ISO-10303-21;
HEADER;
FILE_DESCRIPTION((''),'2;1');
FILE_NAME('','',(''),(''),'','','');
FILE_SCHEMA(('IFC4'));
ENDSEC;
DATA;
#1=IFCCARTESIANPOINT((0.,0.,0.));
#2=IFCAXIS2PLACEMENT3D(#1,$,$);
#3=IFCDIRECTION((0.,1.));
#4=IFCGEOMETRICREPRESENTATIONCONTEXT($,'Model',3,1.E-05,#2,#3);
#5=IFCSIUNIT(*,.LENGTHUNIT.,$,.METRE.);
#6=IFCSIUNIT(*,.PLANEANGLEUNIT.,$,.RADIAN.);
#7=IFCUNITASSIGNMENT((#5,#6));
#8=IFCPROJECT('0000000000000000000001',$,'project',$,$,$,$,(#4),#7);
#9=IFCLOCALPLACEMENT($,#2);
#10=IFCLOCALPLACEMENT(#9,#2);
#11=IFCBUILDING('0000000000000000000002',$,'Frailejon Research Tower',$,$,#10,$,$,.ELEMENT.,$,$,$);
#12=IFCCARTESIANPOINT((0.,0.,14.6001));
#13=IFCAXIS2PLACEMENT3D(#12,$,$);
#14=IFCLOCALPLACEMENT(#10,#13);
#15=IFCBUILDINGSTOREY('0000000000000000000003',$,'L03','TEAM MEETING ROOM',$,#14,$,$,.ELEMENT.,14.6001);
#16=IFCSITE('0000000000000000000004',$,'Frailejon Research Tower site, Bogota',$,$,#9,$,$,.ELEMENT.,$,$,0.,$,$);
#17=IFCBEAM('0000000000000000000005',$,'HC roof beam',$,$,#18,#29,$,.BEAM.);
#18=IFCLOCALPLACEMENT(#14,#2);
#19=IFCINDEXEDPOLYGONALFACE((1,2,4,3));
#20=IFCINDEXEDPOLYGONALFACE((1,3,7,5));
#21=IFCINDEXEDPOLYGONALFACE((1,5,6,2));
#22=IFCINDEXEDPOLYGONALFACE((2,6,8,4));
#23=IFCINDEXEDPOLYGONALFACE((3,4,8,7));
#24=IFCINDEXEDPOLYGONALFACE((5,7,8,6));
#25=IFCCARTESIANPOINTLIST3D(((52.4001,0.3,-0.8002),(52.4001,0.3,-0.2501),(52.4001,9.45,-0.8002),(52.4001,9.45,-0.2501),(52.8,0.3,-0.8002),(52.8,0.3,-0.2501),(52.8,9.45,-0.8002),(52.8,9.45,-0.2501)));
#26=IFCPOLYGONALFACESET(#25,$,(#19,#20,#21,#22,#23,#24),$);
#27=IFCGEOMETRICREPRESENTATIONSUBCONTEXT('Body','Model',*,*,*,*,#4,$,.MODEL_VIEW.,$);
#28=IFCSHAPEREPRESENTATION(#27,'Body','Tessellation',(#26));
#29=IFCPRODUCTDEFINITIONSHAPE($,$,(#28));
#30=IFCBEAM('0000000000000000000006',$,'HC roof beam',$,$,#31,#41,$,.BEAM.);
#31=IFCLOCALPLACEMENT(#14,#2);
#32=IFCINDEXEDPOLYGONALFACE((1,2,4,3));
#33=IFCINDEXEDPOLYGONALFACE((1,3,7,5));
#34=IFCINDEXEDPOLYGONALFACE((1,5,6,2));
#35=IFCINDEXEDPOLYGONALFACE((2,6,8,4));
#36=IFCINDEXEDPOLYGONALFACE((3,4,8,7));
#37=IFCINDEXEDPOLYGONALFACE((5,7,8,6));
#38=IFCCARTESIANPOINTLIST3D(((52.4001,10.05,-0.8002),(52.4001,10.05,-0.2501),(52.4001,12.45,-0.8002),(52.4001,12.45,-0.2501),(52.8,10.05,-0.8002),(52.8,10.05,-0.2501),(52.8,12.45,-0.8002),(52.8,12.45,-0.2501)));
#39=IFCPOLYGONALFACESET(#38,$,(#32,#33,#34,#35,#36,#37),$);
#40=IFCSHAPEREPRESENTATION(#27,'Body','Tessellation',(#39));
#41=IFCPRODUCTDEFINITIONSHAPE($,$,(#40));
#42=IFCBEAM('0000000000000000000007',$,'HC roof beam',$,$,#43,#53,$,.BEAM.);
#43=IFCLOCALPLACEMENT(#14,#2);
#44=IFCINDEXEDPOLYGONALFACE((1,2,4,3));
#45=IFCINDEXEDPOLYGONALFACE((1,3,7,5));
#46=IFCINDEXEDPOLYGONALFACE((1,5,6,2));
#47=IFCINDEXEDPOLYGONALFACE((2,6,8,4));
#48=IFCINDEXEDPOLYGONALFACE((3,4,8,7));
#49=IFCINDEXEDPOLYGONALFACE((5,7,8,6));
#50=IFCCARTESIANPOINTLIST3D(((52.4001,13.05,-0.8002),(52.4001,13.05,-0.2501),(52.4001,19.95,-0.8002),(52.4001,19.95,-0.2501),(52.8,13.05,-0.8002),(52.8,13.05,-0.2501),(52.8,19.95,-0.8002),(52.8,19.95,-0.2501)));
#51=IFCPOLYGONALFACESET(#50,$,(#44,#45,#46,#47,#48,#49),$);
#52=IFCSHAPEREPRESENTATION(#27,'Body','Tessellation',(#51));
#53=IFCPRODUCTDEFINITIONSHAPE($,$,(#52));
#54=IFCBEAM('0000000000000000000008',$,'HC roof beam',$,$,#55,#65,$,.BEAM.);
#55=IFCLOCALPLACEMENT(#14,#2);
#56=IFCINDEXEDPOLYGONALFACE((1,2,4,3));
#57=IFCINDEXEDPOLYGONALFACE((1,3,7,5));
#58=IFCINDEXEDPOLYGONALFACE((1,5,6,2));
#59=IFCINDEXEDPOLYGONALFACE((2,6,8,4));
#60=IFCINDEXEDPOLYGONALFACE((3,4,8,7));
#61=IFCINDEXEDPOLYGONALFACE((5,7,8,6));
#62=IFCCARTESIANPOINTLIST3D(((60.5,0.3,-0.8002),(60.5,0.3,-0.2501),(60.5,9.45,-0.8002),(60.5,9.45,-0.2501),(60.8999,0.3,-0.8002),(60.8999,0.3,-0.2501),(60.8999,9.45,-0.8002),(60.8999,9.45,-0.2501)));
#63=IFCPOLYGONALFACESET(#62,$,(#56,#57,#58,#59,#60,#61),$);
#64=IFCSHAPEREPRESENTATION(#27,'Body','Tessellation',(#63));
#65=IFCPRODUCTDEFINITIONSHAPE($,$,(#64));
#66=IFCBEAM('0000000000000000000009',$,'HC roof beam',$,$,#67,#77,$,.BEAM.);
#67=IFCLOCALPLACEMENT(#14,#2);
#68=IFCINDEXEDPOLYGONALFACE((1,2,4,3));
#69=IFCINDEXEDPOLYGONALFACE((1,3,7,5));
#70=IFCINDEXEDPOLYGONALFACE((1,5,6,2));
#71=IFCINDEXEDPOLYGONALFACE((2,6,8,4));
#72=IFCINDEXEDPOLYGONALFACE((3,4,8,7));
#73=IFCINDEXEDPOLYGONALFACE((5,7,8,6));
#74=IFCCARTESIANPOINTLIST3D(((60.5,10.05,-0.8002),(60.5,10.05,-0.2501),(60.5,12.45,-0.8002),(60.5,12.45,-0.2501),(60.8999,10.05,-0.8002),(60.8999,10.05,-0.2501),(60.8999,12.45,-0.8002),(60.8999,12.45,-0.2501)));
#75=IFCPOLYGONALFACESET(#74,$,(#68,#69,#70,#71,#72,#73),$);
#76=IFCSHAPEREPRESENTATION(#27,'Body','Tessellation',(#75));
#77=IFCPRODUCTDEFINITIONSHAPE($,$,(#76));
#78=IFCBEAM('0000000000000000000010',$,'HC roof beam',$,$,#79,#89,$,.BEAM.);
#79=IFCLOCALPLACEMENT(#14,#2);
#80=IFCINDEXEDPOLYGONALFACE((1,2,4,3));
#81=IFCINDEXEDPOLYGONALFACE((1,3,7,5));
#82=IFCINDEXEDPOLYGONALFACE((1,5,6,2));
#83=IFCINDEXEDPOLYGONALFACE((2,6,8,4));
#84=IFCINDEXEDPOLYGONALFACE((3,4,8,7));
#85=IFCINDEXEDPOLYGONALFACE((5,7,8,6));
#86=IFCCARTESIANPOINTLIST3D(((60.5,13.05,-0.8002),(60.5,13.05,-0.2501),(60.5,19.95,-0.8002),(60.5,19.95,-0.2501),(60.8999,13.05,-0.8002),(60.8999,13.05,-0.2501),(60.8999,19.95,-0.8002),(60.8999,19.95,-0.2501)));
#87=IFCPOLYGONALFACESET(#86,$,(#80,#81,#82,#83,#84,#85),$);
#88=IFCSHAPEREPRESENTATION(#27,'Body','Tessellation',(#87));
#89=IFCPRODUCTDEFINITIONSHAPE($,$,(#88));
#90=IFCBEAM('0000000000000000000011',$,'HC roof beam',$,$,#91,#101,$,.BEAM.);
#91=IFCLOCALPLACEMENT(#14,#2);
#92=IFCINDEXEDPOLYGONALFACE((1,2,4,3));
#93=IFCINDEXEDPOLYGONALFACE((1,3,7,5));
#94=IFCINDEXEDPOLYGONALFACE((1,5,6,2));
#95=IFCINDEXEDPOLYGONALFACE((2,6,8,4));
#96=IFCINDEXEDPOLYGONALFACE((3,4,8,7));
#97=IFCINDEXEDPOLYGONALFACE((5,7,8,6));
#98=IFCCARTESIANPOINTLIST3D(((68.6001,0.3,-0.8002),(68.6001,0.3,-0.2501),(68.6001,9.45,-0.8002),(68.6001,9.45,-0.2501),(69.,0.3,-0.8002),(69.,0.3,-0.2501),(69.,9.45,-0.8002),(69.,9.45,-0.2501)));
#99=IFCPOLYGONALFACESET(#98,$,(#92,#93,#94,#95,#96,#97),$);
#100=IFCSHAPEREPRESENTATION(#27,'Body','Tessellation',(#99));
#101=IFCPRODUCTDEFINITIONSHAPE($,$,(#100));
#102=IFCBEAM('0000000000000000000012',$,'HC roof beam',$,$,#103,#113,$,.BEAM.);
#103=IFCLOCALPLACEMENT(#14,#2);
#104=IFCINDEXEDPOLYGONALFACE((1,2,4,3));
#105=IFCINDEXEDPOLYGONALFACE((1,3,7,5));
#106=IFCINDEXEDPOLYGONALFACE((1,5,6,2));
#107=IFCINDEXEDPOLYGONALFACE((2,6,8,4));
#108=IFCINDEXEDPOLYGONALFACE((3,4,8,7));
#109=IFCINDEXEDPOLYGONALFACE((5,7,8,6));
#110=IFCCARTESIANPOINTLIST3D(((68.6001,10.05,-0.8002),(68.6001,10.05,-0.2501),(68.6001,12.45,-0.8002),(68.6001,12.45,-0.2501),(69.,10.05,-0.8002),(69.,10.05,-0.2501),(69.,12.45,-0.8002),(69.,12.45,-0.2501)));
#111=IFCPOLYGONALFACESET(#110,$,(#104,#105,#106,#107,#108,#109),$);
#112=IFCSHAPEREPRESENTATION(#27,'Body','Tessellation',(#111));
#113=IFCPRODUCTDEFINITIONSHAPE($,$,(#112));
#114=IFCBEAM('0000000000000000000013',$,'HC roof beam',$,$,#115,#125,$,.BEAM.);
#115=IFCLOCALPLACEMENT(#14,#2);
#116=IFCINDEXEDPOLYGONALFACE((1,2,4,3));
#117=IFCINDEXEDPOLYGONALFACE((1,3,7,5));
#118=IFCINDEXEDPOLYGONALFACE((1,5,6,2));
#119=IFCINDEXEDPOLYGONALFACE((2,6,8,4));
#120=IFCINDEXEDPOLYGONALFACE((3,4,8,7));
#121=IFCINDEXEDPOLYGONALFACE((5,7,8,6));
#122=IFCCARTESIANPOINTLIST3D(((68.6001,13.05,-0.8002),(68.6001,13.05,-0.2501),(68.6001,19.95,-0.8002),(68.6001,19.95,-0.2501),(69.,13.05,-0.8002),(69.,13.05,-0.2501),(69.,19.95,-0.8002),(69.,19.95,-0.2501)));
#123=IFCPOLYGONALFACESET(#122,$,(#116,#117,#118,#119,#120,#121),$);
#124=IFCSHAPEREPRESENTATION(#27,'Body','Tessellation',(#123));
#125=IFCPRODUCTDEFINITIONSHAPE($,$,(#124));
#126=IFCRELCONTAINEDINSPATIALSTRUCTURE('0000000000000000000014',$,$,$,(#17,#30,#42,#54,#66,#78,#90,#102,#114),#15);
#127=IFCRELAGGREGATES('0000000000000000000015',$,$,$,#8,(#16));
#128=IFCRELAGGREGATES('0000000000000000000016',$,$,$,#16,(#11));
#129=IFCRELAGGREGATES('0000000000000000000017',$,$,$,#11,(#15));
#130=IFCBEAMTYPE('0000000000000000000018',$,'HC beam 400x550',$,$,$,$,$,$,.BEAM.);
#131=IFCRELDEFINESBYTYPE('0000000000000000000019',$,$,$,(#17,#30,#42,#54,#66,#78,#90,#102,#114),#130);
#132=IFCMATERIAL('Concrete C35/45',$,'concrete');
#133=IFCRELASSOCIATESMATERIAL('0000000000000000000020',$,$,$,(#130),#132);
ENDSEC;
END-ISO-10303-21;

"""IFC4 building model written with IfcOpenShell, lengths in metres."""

from ifc_helpers import new_model, si_unit, direction, frame, origin, origin_2d, place, context, subcontext, project, spatial, rectangle, extrude, material, material_profile, profile_set, type_object, element, save


model = new_model("IFC4")

# Units and contexts
model_context = context("Model", 3, precision=1e-05, world=origin(), true_north=direction((0.0, 1.0)))
body_context = subcontext(model_context, "Body", "Model", "MODEL_VIEW")
ifc_project = project(units=[si_unit("LENGTHUNIT", "METRE"), si_unit("PLANEANGLEUNIT", "RADIAN")], contexts=[model_context])

# Site, building, storey
site_placement = place(None, origin())
site = spatial("IfcSite", under=ifc_project, at=site_placement, Name="Frailejon Research Tower site, Bogota", CompositionType="ELEMENT", RefElevation=0.0)
building_placement = place(site_placement, origin())
building = spatial("IfcBuilding", under=site, at=building_placement, Name="Frailejon Research Tower", CompositionType="ELEMENT")
storey_placement = place(building_placement, frame((0.0, 0.0, 14.6001)))
storey = spatial("IfcBuildingStorey", under=building, at=storey_placement, Name="L03", Description="TEAM MEETING ROOM", CompositionType="ELEMENT", Elevation=14.6001)

# Beams
ifc_material_1 = material(Name="Concrete C35/45", Category="concrete")
ifc_material_profile_1 = material_profile(ifc_material_1, rectangle(XDim=0.3999, YDim=0.55, at=origin_2d()), Name="HC beam 400x550")
ifc_profile_set_1 = profile_set([ifc_material_profile_1], Name="Concrete C35/45")
beam_type = type_object("IfcBeamType", Name="HC beam 400x550", PredefinedType="BEAM", material=ifc_profile_set_1)
beam_1_placement = place(storey_placement, frame((52.6001, 0.3, -0.5251), z_axis=(0.0, 1.0, 0.0), x_axis=(-1.0, 0.0, 0.0)))
element("IfcBeam", 1, at=beam_1_placement, inside=storey, type_object=beam_type, Name="HC roof beam", PredefinedType="BEAM", context=body_context, shape_type="SweptSolid", body=[
    extrude(rectangle(XDim=0.3999, YDim=0.55, at=origin_2d()), origin(), (0.0, 0.0, 1.0), 9.1499),
])
beam_2_placement = place(storey_placement, frame((52.6001, 10.05, -0.5251), z_axis=(0.0, 1.0, 0.0), x_axis=(-1.0, 0.0, 0.0)))
element("IfcBeam", 2, at=beam_2_placement, inside=storey, type_object=beam_type, Name="HC roof beam", PredefinedType="BEAM", context=body_context, shape_type="SweptSolid", body=[
    extrude(rectangle(XDim=0.3999, YDim=0.55, at=origin_2d()), origin(), (0.0, 0.0, 1.0), 2.3999),
])
beam_3_placement = place(storey_placement, frame((52.6001, 13.05, -0.5251), z_axis=(0.0, 1.0, 0.0), x_axis=(-1.0, 0.0, 0.0)))
element("IfcBeam", 3, at=beam_3_placement, inside=storey, type_object=beam_type, Name="HC roof beam", PredefinedType="BEAM", context=body_context, shape_type="SweptSolid", body=[
    extrude(rectangle(XDim=0.3999, YDim=0.55, at=origin_2d()), origin(), (0.0, 0.0, 1.0), 6.8999),
])
beam_4_placement = place(storey_placement, frame((60.7, 0.3, -0.5251), z_axis=(0.0, 1.0, 0.0), x_axis=(-1.0, 0.0, 0.0)))
element("IfcBeam", 4, at=beam_4_placement, inside=storey, type_object=beam_type, Name="HC roof beam", PredefinedType="BEAM", context=body_context, shape_type="SweptSolid", body=[
    extrude(rectangle(XDim=0.3999, YDim=0.55, at=origin_2d()), origin(), (0.0, 0.0, 1.0), 9.1499),
])
beam_5_placement = place(storey_placement, frame((60.7, 10.05, -0.5251), z_axis=(0.0, 1.0, 0.0), x_axis=(-1.0, 0.0, 0.0)))
element("IfcBeam", 5, at=beam_5_placement, inside=storey, type_object=beam_type, Name="HC roof beam", PredefinedType="BEAM", context=body_context, shape_type="SweptSolid", body=[
    extrude(rectangle(XDim=0.3999, YDim=0.55, at=origin_2d()), origin(), (0.0, 0.0, 1.0), 2.3999),
])
beam_6_placement = place(storey_placement, frame((60.7, 13.05, -0.5251), z_axis=(0.0, 1.0, 0.0), x_axis=(-1.0, 0.0, 0.0)))
element("IfcBeam", 6, at=beam_6_placement, inside=storey, type_object=beam_type, Name="HC roof beam", PredefinedType="BEAM", context=body_context, shape_type="SweptSolid", body=[
    extrude(rectangle(XDim=0.3999, YDim=0.55, at=origin_2d()), origin(), (0.0, 0.0, 1.0), 6.8999),
])
beam_7_placement = place(storey_placement, frame((68.8, 0.3, -0.5251), z_axis=(0.0, 1.0, 0.0), x_axis=(-1.0, 0.0, 0.0)))
element("IfcBeam", 7, at=beam_7_placement, inside=storey, type_object=beam_type, Name="HC roof beam", PredefinedType="BEAM", context=body_context, shape_type="SweptSolid", body=[
    extrude(rectangle(XDim=0.3999, YDim=0.55, at=origin_2d()), origin(), (0.0, 0.0, 1.0), 9.1499),
])
beam_8_placement = place(storey_placement, frame((68.8, 10.05, -0.5251), z_axis=(0.0, 1.0, 0.0), x_axis=(-1.0, 0.0, 0.0)))
element("IfcBeam", 8, at=beam_8_placement, inside=storey, type_object=beam_type, Name="HC roof beam", PredefinedType="BEAM", context=body_context, shape_type="SweptSolid", body=[
    extrude(rectangle(XDim=0.3999, YDim=0.55, at=origin_2d()), origin(), (0.0, 0.0, 1.0), 2.3999),
])
beam_9_placement = place(storey_placement, frame((68.8, 13.05, -0.5251), z_axis=(0.0, 1.0, 0.0), x_axis=(-1.0, 0.0, 0.0)))
element("IfcBeam", 9, at=beam_9_placement, inside=storey, type_object=beam_type, Name="HC roof beam", PredefinedType="BEAM", context=body_context, shape_type="SweptSolid", body=[
    extrude(rectangle(XDim=0.3999, YDim=0.55, at=origin_2d()), origin(), (0.0, 0.0, 1.0), 6.8999),
])

save(model, "model.ifc")
